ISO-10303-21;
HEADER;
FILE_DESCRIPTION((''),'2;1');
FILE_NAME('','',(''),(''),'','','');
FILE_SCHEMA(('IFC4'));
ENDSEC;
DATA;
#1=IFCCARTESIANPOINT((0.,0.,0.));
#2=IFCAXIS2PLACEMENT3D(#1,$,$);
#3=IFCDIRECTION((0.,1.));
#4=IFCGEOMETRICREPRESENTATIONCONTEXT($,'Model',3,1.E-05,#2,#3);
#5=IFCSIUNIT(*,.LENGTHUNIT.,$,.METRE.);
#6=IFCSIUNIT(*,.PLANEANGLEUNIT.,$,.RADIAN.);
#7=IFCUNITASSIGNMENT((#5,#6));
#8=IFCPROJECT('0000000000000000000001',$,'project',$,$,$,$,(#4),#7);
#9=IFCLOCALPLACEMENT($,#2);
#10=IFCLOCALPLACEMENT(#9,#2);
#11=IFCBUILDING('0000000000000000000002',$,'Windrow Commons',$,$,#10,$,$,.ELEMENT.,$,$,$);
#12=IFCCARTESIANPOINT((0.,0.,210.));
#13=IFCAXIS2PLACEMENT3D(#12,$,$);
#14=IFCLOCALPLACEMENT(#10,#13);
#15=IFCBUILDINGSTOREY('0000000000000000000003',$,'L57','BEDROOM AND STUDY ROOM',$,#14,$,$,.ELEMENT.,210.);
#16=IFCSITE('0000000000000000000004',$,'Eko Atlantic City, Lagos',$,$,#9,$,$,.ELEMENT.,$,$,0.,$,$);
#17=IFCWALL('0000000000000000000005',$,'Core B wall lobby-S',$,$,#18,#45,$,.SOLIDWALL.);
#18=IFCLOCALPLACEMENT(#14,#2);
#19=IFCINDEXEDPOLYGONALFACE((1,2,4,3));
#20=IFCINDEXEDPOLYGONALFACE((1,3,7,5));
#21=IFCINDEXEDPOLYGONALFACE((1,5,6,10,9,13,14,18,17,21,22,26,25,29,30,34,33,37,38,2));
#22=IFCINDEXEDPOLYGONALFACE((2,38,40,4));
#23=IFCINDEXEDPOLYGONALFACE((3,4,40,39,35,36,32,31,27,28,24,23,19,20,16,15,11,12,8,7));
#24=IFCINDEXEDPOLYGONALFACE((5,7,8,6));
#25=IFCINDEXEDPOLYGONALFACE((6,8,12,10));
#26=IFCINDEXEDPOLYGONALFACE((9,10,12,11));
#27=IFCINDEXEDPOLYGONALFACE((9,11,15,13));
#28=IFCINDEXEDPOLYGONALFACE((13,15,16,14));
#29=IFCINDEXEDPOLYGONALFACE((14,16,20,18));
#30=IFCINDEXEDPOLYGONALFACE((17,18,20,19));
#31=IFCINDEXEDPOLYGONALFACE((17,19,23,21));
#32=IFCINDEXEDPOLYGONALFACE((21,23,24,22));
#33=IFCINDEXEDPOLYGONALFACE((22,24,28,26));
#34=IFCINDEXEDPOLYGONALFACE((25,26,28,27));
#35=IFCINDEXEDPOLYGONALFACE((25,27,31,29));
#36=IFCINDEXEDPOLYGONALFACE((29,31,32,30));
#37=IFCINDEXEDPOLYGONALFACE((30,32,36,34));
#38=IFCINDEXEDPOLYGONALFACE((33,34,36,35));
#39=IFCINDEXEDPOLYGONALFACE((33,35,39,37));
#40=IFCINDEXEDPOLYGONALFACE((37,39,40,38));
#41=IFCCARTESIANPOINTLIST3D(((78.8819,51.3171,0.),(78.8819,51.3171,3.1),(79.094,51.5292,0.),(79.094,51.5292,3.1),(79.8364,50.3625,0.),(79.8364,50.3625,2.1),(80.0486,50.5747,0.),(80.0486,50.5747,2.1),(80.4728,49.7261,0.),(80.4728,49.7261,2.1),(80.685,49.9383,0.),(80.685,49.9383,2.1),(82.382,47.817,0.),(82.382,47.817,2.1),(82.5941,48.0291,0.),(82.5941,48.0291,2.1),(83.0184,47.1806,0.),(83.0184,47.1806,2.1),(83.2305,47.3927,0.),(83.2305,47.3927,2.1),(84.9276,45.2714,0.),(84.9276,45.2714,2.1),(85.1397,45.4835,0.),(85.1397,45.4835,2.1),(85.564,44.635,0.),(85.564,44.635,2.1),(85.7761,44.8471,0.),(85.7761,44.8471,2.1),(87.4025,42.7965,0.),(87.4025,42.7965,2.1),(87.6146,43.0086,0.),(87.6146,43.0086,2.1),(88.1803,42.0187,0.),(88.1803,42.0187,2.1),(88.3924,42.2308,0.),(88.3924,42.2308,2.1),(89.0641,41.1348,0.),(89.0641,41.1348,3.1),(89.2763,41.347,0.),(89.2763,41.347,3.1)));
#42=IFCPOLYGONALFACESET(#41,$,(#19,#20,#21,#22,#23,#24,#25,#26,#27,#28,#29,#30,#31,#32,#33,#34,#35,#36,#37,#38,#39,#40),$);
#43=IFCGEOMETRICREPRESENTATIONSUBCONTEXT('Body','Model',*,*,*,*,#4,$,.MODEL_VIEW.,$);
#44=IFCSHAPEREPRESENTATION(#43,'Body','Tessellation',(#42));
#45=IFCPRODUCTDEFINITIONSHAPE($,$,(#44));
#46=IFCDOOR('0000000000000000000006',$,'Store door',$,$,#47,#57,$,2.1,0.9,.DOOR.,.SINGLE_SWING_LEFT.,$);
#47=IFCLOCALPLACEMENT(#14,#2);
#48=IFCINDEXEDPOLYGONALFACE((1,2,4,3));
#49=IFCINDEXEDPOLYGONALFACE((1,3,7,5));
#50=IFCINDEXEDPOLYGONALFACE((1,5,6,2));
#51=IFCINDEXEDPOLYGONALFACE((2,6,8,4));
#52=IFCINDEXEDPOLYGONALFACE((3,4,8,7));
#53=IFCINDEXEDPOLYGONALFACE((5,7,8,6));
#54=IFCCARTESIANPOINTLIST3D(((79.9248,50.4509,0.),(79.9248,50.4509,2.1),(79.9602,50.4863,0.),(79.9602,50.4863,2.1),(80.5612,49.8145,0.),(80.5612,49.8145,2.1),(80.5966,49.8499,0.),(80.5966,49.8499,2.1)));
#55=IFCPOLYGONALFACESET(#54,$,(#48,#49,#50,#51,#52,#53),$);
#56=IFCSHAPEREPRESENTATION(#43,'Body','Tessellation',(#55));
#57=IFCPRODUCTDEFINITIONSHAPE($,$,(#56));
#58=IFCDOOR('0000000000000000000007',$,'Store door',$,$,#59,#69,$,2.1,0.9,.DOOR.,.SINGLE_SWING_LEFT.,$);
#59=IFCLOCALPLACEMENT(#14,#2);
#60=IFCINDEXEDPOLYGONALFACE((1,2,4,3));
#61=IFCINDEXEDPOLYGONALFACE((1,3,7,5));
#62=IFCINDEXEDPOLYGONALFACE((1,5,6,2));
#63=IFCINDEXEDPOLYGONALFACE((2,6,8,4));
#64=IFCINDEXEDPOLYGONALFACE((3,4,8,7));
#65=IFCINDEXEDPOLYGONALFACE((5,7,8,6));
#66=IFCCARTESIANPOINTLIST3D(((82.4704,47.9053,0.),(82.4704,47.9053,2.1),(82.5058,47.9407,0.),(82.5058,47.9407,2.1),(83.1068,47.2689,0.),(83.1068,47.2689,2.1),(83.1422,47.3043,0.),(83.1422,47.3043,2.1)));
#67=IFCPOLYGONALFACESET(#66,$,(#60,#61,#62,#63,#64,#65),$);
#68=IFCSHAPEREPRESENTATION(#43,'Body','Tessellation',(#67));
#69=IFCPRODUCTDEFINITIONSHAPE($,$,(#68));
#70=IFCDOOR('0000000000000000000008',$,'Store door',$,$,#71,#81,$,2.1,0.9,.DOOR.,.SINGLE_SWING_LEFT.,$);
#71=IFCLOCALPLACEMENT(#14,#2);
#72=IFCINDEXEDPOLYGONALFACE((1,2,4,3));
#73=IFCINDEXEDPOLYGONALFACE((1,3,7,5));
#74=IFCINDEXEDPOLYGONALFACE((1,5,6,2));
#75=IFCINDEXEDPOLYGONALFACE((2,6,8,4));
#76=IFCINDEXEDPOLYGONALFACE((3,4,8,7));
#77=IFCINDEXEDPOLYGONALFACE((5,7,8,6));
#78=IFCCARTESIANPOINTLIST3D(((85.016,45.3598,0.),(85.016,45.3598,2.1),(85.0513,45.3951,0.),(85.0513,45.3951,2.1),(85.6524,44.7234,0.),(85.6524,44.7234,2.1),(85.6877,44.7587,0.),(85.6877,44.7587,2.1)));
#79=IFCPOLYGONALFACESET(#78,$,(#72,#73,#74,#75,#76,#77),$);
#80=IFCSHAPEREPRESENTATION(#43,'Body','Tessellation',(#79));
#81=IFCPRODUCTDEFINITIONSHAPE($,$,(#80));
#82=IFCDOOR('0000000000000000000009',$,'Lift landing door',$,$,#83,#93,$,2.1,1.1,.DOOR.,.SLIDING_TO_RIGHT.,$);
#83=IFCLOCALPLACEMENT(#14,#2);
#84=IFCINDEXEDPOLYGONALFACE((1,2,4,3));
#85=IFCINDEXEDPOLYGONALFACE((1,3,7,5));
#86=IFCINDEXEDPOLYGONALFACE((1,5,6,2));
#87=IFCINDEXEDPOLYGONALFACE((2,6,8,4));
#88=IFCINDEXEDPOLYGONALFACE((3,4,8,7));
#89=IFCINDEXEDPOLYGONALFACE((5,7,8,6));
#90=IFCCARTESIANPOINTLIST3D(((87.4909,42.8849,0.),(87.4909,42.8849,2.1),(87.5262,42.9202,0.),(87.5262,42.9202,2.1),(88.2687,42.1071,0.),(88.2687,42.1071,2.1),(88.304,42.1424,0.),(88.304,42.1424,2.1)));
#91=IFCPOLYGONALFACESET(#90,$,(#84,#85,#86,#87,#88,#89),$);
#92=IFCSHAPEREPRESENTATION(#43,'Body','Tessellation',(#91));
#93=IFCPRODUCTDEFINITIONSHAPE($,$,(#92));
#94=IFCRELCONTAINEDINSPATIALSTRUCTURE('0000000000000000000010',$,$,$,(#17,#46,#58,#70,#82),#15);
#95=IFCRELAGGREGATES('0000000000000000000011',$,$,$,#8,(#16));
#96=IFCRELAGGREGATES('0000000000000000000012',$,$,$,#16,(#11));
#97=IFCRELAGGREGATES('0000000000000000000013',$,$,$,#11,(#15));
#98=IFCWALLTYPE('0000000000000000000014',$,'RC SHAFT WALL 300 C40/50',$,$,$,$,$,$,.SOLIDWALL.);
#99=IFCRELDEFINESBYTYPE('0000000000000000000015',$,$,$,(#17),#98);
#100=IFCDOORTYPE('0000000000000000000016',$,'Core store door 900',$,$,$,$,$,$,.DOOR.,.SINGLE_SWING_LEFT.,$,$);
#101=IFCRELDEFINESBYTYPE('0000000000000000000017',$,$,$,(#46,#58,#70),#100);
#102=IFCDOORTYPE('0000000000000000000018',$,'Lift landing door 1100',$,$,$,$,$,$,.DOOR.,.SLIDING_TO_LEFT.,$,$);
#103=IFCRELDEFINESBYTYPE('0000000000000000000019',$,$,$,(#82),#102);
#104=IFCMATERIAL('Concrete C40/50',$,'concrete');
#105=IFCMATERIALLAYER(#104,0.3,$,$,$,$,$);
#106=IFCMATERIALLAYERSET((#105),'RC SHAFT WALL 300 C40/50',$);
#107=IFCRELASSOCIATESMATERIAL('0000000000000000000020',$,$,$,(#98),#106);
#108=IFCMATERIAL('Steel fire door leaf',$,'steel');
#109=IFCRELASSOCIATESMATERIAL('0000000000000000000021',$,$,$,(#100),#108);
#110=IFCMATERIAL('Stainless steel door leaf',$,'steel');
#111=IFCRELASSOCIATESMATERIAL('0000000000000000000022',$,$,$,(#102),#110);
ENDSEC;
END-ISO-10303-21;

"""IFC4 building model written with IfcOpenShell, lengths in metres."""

from ifc_helpers import new_model, si_unit, direction, frame, frame_2d, origin, place, context, subcontext, project, spatial, rectangle, extrude, material, layer, layer_set, type_object, element, fill, save


model = new_model("IFC4")

# Units and contexts
model_context = context("Model", 3, precision=1e-05, world=origin(), true_north=direction((0.0, 1.0)))
body_context = subcontext(model_context, "Body", "Model", "MODEL_VIEW")
ifc_project = project(units=[si_unit("LENGTHUNIT", "METRE"), si_unit("PLANEANGLEUNIT", "RADIAN")], contexts=[model_context])

# Site, building, storey
site_placement = place(None, origin())
site = spatial("IfcSite", under=ifc_project, at=site_placement, Name="Eko Atlantic City, Lagos", CompositionType="ELEMENT", RefElevation=0.0)
building_placement = place(site_placement, origin())
building = spatial("IfcBuilding", under=site, at=building_placement, Name="Windrow Commons", CompositionType="ELEMENT")
storey_placement = place(building_placement, frame((0.0, 0.0, 210.0)))
storey = spatial("IfcBuildingStorey", under=building, at=storey_placement, Name="L57", Description="BEDROOM AND STUDY ROOM", CompositionType="ELEMENT", Elevation=210.0)

# Shared definitions
ifc_material_1 = material(Name="Concrete C40/50", Category="concrete")
ifc_layer_1 = layer(ifc_material_1, 0.3)
ifc_layer_set_1 = layer_set([ifc_layer_1], Name="RC SHAFT WALL 300 C40/50")
wall_type_1 = type_object("IfcWallType", Name="RC SHAFT WALL 300 C40/50", PredefinedType="SOLIDWALL", material=ifc_layer_set_1)

# Wall, openings, doors
wall_1_placement = place(storey_placement, frame((78.9879, 51.4232, 0.0), z_axis=(0.0, 0.0, 1.0), x_axis=(0.707107, -0.707107, 0.0)))
wall_1 = element("IfcWall", 1, at=wall_1_placement, inside=storey, type_object=wall_type_1, Name="Core B wall lobby-S", PredefinedType="SOLIDWALL", context=body_context, shape_type="SweptSolid", body=[
    extrude(rectangle(XDim=14.3999, YDim=0.3, at=frame_2d((7.2, 0.0))), origin(), (0.0, 0.0, 1.0), 3.1),
])
opening_1_placement = place(wall_1_placement, frame((1.35, 0.0, 0.0)))
opening_1 = element("IfcOpeningElement", 2, at=opening_1_placement, cuts=wall_1, PredefinedType="OPENING", context=body_context, shape_type="SweptSolid", body=[
    extrude(rectangle(XDim=0.9, YDim=2.1, at=frame_2d((0.45, 1.05))), frame((0.0, 0.16, 0.0), z_axis=(0.0, -1.0, 0.0), x_axis=(1.0, 0.0, 0.0)), (0.0, 0.0, 1.0), 0.32),
])
opening_2_placement = place(wall_1_placement, frame((4.95, 0.0, 0.0)))
opening_2 = element("IfcOpeningElement", 3, at=opening_2_placement, cuts=wall_1, PredefinedType="OPENING", context=body_context, shape_type="SweptSolid", body=[
    extrude(rectangle(XDim=0.9, YDim=2.1, at=frame_2d((0.45, 1.05))), frame((0.0, 0.16, 0.0), z_axis=(0.0, -1.0, 0.0), x_axis=(1.0, 0.0, 0.0)), (0.0, 0.0, 1.0), 0.32),
])
opening_3_placement = place(wall_1_placement, frame((8.55, 0.0, 0.0)))
opening_3 = element("IfcOpeningElement", 4, at=opening_3_placement, cuts=wall_1, PredefinedType="OPENING", context=body_context, shape_type="SweptSolid", body=[
    extrude(rectangle(XDim=0.9, YDim=2.1, at=frame_2d((0.45, 1.05))), frame((0.0, 0.16, 0.0), z_axis=(0.0, -1.0, 0.0), x_axis=(1.0, 0.0, 0.0)), (0.0, 0.0, 1.0), 0.32),
])
opening_4_placement = place(wall_1_placement, frame((12.05, 0.0, 0.0)))
opening_4 = element("IfcOpeningElement", 5, at=opening_4_placement, cuts=wall_1, PredefinedType="OPENING", context=body_context, shape_type="SweptSolid", body=[
    extrude(rectangle(XDim=1.1, YDim=2.1, at=frame_2d((0.55, 1.05))), frame((0.0, 0.16, 0.0), z_axis=(0.0, -1.0, 0.0), x_axis=(1.0, 0.0, 0.0)), (0.0, 0.0, 1.0), 0.32),
])
ifc_material_2 = material(Name="Steel fire door leaf", Category="steel")
door_type_1 = type_object("IfcDoorType", Name="Core store door 900", OperationType="SINGLE_SWING_LEFT", PredefinedType="DOOR", material=ifc_material_2)
door_1_placement = place(opening_1_placement, origin())
door_1 = element("IfcDoor", 6, at=door_1_placement, inside=storey, type_object=door_type_1, Name="Store door", OperationType="SINGLE_SWING_LEFT", OverallHeight=2.1, OverallWidth=0.9, PredefinedType="DOOR", context=body_context, shape_type="SweptSolid", body=[
    extrude(rectangle(XDim=0.9, YDim=2.1, at=frame_2d((0.45, 1.05))), frame((0.0, 0.025, 0.0), z_axis=(0.0, -1.0, 0.0), x_axis=(1.0, 0.0, 0.0)), (0.0, 0.0, 1.0), 0.05),
])
fill(opening_1, door_1)
door_2_placement = place(opening_2_placement, origin())
door_2 = element("IfcDoor", 7, at=door_2_placement, inside=storey, type_object=door_type_1, Name="Store door", OperationType="SINGLE_SWING_LEFT", OverallHeight=2.1, OverallWidth=0.9, PredefinedType="DOOR", context=body_context, shape_type="SweptSolid", body=[
    extrude(rectangle(XDim=0.9, YDim=2.1, at=frame_2d((0.45, 1.05))), frame((0.0, 0.025, 0.0), z_axis=(0.0, -1.0, 0.0), x_axis=(1.0, 0.0, 0.0)), (0.0, 0.0, 1.0), 0.05),
])
fill(opening_2, door_2)
door_3_placement = place(opening_3_placement, origin())
door_3 = element("IfcDoor", 8, at=door_3_placement, inside=storey, type_object=door_type_1, Name="Store door", OperationType="SINGLE_SWING_LEFT", OverallHeight=2.1, OverallWidth=0.9, PredefinedType="DOOR", context=body_context, shape_type="SweptSolid", body=[
    extrude(rectangle(XDim=0.9, YDim=2.1, at=frame_2d((0.45, 1.05))), frame((0.0, 0.025, 0.0), z_axis=(0.0, -1.0, 0.0), x_axis=(1.0, 0.0, 0.0)), (0.0, 0.0, 1.0), 0.05),
])
fill(opening_3, door_3)
ifc_material_3 = material(Name="Stainless steel door leaf", Category="steel")
door_type_2 = type_object("IfcDoorType", Name="Lift landing door 1100", OperationType="SLIDING_TO_LEFT", PredefinedType="DOOR", material=ifc_material_3)
door_4_placement = place(opening_4_placement, origin())
door_4 = element("IfcDoor", 9, at=door_4_placement, inside=storey, type_object=door_type_2, Name="Lift landing door", OperationType="SLIDING_TO_RIGHT", OverallHeight=2.1, OverallWidth=1.1, PredefinedType="DOOR", context=body_context, shape_type="SweptSolid", body=[
    extrude(rectangle(XDim=1.1, YDim=2.1, at=frame_2d((0.55, 1.05))), frame((0.0, 0.025, 0.0), z_axis=(0.0, -1.0, 0.0), x_axis=(1.0, 0.0, 0.0)), (0.0, 0.0, 1.0), 0.05),
])
fill(opening_4, door_4)

save(model, "model.ifc")
